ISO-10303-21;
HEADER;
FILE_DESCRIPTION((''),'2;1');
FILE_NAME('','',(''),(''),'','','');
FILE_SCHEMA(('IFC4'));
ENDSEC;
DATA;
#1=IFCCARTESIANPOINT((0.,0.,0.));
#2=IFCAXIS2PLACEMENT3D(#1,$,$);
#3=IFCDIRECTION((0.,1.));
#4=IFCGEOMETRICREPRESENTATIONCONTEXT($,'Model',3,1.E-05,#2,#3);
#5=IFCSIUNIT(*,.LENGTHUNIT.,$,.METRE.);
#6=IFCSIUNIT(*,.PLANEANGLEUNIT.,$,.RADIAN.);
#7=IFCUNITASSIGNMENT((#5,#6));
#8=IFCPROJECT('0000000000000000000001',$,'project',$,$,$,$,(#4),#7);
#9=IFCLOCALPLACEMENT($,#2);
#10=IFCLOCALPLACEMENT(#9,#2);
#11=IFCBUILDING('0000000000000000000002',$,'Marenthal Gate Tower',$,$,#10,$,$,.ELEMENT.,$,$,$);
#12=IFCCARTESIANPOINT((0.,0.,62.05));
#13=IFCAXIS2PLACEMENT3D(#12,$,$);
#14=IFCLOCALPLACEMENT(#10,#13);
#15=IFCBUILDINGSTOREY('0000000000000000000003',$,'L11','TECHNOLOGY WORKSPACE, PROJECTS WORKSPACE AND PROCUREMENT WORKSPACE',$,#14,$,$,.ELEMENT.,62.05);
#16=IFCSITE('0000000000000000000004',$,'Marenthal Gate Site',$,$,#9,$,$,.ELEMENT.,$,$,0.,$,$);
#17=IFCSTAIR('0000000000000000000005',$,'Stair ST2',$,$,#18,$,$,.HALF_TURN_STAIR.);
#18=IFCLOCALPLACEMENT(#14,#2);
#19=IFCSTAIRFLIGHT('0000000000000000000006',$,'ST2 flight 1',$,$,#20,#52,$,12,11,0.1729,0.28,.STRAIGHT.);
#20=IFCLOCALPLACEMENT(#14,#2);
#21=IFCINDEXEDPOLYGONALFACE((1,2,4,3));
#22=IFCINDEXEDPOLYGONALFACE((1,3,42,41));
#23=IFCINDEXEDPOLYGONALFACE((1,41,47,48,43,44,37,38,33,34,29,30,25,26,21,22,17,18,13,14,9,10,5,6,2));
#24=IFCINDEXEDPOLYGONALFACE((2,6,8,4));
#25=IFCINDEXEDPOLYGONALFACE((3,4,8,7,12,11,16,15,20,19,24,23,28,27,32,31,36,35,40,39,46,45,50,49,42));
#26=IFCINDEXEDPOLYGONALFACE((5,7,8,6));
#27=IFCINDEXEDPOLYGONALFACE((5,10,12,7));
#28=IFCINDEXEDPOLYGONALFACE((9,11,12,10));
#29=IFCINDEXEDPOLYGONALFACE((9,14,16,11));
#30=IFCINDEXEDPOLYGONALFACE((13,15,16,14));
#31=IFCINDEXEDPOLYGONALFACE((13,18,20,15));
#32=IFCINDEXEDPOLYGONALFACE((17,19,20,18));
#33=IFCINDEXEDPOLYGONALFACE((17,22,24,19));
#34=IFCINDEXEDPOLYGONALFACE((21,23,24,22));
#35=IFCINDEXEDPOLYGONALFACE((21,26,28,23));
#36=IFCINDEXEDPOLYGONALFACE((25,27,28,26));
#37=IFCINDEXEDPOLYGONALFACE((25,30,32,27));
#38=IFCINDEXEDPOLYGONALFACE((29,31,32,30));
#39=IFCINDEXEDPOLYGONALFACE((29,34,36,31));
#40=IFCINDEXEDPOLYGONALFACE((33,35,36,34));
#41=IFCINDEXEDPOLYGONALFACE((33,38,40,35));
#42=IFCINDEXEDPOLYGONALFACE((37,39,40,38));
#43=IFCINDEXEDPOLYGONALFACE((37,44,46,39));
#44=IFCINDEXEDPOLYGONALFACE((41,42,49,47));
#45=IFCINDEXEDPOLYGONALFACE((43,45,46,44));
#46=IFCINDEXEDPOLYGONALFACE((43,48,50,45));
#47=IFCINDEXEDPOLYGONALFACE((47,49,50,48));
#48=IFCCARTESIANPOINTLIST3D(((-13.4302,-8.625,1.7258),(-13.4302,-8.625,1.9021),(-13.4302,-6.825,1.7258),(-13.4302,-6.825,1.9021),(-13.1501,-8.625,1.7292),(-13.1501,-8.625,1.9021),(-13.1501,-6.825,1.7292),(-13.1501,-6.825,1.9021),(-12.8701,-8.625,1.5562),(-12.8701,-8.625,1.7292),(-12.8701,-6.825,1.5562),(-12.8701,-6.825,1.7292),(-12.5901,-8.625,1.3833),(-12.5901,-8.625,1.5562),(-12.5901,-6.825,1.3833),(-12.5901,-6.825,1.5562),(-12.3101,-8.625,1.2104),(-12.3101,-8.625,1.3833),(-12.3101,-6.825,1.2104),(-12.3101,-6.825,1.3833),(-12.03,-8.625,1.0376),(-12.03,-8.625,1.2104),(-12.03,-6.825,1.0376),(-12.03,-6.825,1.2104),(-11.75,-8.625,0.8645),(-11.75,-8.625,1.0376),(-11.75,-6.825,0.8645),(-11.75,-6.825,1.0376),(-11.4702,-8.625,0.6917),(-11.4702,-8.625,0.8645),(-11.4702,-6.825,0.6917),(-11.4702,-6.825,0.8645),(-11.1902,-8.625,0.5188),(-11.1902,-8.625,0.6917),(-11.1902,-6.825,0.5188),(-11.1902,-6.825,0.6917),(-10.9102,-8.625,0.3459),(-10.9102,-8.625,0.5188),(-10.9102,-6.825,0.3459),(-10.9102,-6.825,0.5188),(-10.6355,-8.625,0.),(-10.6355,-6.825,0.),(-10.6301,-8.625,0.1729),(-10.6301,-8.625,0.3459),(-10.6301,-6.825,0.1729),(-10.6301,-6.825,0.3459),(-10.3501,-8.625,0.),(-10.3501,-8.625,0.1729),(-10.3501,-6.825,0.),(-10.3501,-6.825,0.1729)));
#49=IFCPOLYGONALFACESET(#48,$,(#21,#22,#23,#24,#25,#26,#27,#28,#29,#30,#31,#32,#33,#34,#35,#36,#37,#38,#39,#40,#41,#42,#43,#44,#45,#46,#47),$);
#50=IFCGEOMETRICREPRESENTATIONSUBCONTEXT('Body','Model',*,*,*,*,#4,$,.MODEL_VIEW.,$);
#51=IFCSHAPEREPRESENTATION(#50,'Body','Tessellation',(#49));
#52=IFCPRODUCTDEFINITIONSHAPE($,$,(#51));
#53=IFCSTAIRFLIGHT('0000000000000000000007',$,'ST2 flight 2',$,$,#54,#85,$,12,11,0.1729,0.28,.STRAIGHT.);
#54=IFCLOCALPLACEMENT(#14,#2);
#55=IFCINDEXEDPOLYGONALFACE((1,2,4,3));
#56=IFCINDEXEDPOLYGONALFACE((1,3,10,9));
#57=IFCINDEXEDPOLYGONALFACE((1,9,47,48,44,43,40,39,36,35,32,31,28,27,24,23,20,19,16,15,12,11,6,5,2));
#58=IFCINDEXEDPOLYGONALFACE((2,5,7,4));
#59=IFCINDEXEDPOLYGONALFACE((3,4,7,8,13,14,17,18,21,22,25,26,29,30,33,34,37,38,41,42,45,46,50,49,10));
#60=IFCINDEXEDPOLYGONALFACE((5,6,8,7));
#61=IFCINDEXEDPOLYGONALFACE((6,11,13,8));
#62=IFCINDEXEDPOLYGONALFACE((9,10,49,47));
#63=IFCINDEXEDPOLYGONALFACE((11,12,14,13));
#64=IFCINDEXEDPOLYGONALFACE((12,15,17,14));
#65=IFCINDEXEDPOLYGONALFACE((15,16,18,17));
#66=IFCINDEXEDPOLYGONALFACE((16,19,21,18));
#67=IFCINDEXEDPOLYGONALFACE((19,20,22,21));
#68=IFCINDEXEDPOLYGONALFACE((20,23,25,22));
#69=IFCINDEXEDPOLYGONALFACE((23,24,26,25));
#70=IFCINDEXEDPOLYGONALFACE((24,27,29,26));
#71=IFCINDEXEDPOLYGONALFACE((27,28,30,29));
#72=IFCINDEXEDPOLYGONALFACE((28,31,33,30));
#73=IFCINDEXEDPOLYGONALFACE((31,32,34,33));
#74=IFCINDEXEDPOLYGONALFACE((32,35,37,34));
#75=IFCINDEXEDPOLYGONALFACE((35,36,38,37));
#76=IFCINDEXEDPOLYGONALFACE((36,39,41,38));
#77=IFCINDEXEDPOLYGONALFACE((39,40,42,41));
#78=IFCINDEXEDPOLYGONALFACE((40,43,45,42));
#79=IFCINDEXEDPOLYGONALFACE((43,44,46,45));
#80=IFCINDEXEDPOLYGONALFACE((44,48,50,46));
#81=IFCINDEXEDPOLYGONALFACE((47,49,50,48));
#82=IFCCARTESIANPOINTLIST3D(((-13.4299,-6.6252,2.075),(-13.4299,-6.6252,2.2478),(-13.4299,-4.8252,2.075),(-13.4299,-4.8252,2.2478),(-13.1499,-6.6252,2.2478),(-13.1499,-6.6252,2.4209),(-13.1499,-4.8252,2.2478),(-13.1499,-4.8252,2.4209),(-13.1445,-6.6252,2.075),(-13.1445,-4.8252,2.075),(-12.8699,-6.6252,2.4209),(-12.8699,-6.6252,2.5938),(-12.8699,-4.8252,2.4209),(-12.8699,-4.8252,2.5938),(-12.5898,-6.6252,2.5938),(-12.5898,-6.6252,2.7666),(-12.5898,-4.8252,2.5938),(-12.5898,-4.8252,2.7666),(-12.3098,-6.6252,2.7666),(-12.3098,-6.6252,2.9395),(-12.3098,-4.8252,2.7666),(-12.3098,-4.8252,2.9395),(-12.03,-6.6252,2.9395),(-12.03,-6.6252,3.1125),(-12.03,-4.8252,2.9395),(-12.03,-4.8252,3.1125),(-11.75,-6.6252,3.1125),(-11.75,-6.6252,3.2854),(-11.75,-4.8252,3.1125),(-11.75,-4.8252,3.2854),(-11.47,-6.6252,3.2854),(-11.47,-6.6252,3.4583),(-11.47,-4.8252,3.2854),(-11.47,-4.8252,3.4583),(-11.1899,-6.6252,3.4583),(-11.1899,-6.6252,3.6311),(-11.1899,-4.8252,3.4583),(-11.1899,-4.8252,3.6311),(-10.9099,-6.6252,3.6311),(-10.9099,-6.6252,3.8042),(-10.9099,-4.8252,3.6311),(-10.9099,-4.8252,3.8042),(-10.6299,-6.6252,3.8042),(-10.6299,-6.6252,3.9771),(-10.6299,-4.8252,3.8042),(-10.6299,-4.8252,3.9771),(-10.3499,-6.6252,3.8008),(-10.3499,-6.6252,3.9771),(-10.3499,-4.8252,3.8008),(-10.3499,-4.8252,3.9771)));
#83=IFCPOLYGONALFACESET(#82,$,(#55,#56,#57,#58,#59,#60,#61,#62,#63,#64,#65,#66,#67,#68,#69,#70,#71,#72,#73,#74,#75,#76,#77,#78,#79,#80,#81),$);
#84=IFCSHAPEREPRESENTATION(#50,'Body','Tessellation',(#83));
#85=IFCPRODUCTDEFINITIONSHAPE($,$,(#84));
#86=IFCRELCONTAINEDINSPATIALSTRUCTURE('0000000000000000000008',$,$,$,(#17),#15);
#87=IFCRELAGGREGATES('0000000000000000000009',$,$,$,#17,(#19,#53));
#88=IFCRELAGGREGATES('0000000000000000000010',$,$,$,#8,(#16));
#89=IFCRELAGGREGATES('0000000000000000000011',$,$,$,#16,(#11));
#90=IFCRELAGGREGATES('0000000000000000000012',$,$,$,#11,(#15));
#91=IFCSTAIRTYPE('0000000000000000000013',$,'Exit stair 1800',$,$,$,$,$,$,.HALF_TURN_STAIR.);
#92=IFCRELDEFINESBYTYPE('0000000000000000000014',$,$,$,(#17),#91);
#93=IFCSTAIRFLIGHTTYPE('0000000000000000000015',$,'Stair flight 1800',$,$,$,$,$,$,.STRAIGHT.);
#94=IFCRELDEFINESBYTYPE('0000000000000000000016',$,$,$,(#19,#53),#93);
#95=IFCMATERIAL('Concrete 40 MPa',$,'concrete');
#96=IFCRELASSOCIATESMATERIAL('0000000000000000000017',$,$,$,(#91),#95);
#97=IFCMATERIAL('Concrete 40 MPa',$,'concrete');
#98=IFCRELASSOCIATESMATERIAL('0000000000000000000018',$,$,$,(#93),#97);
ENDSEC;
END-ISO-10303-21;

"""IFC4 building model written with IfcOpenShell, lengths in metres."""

from ifc_helpers import new_model, si_unit, direction, frame, origin, place, context, subcontext, project, spatial, polyline, outline, extrude, material, type_object, element, aggregate, save


model = new_model("IFC4")

# Units and contexts
model_context = context("Model", 3, precision=1e-05, world=origin(), true_north=direction((0.0, 1.0)))
body_context = subcontext(model_context, "Body", "Model", "MODEL_VIEW")
ifc_project = project(units=[si_unit("LENGTHUNIT", "METRE"), si_unit("PLANEANGLEUNIT", "RADIAN")], contexts=[model_context])

# Site, building, storey
site_placement = place(None, origin())
site = spatial("IfcSite", under=ifc_project, at=site_placement, Name="Marenthal Gate Site", CompositionType="ELEMENT", RefElevation=0.0)
building_placement = place(site_placement, origin())
building = spatial("IfcBuilding", under=site, at=building_placement, Name="Marenthal Gate Tower", CompositionType="ELEMENT")
storey_placement = place(building_placement, frame((0.0, 0.0, 62.05)))
storey = spatial("IfcBuildingStorey", under=building, at=storey_placement, Name="L11", Description="TECHNOLOGY WORKSPACE, PROJECTS WORKSPACE AND PROCUREMENT WORKSPACE", CompositionType="ELEMENT", Elevation=62.05)

# Stair, stair flights
ifc_material_1 = material(Name="Concrete 40 MPa", Category="concrete")
stair_type = type_object("IfcStairType", Name="Exit stair 1800", PredefinedType="HALF_TURN_STAIR", material=ifc_material_1)
stair_placement = place(storey_placement, origin())
stair = element("IfcStair", 1, at=stair_placement, inside=storey, type_object=stair_type, Name="Stair ST2", PredefinedType="HALF_TURN_STAIR")
ifc_material_2 = material(Name="Concrete 40 MPa", Category="concrete")
stair_flight_type = type_object("IfcStairFlightType", Name="Stair flight 1800", PredefinedType="STRAIGHT", material=ifc_material_2)
stair_flight_1_placement = place(storey_placement, frame((-10.3501, -7.7251, 0.0), z_axis=(0.0, 0.0, 1.0), x_axis=(-1.0, 0.0, 0.0)))
stair_flight_1 = element("IfcStairFlight", 2, at=stair_flight_1_placement, type_object=stair_flight_type, Name="ST2 flight 1", NumberOfRisers=12, NumberOfTreads=11, PredefinedType="STRAIGHT", RiserHeight=0.1729, TreadLength=0.28, context=body_context, shape_type="SweptSolid", body=[
    extrude(outline(polyline([(0.0, 0.0), (0.0, 0.1729), (0.28, 0.1729), (0.28, 0.3459), (0.5601, 0.3459), (0.5601, 0.5188), (0.8401, 0.5188), (0.8401, 0.6917), (1.1201, 0.6917), (1.1201, 0.8645), (1.3999, 0.8645), (1.3999, 1.0376), (1.6799, 1.0376), (1.6799, 1.2104), (1.96, 1.2104), (1.96, 1.3833), (2.24, 1.3833), (2.24, 1.5562), (2.52, 1.5562), (2.52, 1.7292), (2.8, 1.7292), (2.8, 1.9021), (3.0801, 1.9021), (3.0801, 2.075), (3.0801, 1.7258), (0.2854, 0.0), (0.0, 0.0)])), frame((0.0, 0.8999, 0.0), z_axis=(0.0, -1.0, 0.0), x_axis=(1.0, 0.0, 0.0)), (0.0, 0.0, 1.0), 1.8),
])
stair_flight_2_placement = place(storey_placement, frame((-13.4299, -5.7251, 2.075), z_axis=(0.0, 0.0, 1.0), x_axis=(1.0, 0.0, 0.0)))
stair_flight_2 = element("IfcStairFlight", 3, at=stair_flight_2_placement, type_object=stair_flight_type, Name="ST2 flight 2", NumberOfRisers=12, NumberOfTreads=11, PredefinedType="STRAIGHT", RiserHeight=0.1729, TreadLength=0.28, context=body_context, shape_type="SweptSolid", body=[
    extrude(outline(polyline([(0.0, 0.0), (0.0, 0.1729), (0.28, 0.1729), (0.28, 0.3459), (0.5601, 0.3459), (0.5601, 0.5188), (0.8401, 0.5188), (0.8401, 0.6917), (1.1201, 0.6917), (1.1201, 0.8645), (1.3999, 0.8645), (1.3999, 1.0376), (1.6799, 1.0376), (1.6799, 1.2104), (1.96, 1.2104), (1.96, 1.3833), (2.24, 1.3833), (2.24, 1.5562), (2.52, 1.5562), (2.52, 1.7292), (2.8, 1.7292), (2.8, 1.9021), (3.0801, 1.9021), (3.0801, 2.075), (3.0801, 1.7258), (0.2854, 0.0), (0.0, 0.0)])), frame((0.0, 0.8999, 0.0), z_axis=(0.0, -1.0, 0.0), x_axis=(1.0, 0.0, 0.0)), (0.0, 0.0, 1.0), 1.8),
])
aggregate(stair, [stair_flight_1, stair_flight_2])

save(model, "model.ifc")
